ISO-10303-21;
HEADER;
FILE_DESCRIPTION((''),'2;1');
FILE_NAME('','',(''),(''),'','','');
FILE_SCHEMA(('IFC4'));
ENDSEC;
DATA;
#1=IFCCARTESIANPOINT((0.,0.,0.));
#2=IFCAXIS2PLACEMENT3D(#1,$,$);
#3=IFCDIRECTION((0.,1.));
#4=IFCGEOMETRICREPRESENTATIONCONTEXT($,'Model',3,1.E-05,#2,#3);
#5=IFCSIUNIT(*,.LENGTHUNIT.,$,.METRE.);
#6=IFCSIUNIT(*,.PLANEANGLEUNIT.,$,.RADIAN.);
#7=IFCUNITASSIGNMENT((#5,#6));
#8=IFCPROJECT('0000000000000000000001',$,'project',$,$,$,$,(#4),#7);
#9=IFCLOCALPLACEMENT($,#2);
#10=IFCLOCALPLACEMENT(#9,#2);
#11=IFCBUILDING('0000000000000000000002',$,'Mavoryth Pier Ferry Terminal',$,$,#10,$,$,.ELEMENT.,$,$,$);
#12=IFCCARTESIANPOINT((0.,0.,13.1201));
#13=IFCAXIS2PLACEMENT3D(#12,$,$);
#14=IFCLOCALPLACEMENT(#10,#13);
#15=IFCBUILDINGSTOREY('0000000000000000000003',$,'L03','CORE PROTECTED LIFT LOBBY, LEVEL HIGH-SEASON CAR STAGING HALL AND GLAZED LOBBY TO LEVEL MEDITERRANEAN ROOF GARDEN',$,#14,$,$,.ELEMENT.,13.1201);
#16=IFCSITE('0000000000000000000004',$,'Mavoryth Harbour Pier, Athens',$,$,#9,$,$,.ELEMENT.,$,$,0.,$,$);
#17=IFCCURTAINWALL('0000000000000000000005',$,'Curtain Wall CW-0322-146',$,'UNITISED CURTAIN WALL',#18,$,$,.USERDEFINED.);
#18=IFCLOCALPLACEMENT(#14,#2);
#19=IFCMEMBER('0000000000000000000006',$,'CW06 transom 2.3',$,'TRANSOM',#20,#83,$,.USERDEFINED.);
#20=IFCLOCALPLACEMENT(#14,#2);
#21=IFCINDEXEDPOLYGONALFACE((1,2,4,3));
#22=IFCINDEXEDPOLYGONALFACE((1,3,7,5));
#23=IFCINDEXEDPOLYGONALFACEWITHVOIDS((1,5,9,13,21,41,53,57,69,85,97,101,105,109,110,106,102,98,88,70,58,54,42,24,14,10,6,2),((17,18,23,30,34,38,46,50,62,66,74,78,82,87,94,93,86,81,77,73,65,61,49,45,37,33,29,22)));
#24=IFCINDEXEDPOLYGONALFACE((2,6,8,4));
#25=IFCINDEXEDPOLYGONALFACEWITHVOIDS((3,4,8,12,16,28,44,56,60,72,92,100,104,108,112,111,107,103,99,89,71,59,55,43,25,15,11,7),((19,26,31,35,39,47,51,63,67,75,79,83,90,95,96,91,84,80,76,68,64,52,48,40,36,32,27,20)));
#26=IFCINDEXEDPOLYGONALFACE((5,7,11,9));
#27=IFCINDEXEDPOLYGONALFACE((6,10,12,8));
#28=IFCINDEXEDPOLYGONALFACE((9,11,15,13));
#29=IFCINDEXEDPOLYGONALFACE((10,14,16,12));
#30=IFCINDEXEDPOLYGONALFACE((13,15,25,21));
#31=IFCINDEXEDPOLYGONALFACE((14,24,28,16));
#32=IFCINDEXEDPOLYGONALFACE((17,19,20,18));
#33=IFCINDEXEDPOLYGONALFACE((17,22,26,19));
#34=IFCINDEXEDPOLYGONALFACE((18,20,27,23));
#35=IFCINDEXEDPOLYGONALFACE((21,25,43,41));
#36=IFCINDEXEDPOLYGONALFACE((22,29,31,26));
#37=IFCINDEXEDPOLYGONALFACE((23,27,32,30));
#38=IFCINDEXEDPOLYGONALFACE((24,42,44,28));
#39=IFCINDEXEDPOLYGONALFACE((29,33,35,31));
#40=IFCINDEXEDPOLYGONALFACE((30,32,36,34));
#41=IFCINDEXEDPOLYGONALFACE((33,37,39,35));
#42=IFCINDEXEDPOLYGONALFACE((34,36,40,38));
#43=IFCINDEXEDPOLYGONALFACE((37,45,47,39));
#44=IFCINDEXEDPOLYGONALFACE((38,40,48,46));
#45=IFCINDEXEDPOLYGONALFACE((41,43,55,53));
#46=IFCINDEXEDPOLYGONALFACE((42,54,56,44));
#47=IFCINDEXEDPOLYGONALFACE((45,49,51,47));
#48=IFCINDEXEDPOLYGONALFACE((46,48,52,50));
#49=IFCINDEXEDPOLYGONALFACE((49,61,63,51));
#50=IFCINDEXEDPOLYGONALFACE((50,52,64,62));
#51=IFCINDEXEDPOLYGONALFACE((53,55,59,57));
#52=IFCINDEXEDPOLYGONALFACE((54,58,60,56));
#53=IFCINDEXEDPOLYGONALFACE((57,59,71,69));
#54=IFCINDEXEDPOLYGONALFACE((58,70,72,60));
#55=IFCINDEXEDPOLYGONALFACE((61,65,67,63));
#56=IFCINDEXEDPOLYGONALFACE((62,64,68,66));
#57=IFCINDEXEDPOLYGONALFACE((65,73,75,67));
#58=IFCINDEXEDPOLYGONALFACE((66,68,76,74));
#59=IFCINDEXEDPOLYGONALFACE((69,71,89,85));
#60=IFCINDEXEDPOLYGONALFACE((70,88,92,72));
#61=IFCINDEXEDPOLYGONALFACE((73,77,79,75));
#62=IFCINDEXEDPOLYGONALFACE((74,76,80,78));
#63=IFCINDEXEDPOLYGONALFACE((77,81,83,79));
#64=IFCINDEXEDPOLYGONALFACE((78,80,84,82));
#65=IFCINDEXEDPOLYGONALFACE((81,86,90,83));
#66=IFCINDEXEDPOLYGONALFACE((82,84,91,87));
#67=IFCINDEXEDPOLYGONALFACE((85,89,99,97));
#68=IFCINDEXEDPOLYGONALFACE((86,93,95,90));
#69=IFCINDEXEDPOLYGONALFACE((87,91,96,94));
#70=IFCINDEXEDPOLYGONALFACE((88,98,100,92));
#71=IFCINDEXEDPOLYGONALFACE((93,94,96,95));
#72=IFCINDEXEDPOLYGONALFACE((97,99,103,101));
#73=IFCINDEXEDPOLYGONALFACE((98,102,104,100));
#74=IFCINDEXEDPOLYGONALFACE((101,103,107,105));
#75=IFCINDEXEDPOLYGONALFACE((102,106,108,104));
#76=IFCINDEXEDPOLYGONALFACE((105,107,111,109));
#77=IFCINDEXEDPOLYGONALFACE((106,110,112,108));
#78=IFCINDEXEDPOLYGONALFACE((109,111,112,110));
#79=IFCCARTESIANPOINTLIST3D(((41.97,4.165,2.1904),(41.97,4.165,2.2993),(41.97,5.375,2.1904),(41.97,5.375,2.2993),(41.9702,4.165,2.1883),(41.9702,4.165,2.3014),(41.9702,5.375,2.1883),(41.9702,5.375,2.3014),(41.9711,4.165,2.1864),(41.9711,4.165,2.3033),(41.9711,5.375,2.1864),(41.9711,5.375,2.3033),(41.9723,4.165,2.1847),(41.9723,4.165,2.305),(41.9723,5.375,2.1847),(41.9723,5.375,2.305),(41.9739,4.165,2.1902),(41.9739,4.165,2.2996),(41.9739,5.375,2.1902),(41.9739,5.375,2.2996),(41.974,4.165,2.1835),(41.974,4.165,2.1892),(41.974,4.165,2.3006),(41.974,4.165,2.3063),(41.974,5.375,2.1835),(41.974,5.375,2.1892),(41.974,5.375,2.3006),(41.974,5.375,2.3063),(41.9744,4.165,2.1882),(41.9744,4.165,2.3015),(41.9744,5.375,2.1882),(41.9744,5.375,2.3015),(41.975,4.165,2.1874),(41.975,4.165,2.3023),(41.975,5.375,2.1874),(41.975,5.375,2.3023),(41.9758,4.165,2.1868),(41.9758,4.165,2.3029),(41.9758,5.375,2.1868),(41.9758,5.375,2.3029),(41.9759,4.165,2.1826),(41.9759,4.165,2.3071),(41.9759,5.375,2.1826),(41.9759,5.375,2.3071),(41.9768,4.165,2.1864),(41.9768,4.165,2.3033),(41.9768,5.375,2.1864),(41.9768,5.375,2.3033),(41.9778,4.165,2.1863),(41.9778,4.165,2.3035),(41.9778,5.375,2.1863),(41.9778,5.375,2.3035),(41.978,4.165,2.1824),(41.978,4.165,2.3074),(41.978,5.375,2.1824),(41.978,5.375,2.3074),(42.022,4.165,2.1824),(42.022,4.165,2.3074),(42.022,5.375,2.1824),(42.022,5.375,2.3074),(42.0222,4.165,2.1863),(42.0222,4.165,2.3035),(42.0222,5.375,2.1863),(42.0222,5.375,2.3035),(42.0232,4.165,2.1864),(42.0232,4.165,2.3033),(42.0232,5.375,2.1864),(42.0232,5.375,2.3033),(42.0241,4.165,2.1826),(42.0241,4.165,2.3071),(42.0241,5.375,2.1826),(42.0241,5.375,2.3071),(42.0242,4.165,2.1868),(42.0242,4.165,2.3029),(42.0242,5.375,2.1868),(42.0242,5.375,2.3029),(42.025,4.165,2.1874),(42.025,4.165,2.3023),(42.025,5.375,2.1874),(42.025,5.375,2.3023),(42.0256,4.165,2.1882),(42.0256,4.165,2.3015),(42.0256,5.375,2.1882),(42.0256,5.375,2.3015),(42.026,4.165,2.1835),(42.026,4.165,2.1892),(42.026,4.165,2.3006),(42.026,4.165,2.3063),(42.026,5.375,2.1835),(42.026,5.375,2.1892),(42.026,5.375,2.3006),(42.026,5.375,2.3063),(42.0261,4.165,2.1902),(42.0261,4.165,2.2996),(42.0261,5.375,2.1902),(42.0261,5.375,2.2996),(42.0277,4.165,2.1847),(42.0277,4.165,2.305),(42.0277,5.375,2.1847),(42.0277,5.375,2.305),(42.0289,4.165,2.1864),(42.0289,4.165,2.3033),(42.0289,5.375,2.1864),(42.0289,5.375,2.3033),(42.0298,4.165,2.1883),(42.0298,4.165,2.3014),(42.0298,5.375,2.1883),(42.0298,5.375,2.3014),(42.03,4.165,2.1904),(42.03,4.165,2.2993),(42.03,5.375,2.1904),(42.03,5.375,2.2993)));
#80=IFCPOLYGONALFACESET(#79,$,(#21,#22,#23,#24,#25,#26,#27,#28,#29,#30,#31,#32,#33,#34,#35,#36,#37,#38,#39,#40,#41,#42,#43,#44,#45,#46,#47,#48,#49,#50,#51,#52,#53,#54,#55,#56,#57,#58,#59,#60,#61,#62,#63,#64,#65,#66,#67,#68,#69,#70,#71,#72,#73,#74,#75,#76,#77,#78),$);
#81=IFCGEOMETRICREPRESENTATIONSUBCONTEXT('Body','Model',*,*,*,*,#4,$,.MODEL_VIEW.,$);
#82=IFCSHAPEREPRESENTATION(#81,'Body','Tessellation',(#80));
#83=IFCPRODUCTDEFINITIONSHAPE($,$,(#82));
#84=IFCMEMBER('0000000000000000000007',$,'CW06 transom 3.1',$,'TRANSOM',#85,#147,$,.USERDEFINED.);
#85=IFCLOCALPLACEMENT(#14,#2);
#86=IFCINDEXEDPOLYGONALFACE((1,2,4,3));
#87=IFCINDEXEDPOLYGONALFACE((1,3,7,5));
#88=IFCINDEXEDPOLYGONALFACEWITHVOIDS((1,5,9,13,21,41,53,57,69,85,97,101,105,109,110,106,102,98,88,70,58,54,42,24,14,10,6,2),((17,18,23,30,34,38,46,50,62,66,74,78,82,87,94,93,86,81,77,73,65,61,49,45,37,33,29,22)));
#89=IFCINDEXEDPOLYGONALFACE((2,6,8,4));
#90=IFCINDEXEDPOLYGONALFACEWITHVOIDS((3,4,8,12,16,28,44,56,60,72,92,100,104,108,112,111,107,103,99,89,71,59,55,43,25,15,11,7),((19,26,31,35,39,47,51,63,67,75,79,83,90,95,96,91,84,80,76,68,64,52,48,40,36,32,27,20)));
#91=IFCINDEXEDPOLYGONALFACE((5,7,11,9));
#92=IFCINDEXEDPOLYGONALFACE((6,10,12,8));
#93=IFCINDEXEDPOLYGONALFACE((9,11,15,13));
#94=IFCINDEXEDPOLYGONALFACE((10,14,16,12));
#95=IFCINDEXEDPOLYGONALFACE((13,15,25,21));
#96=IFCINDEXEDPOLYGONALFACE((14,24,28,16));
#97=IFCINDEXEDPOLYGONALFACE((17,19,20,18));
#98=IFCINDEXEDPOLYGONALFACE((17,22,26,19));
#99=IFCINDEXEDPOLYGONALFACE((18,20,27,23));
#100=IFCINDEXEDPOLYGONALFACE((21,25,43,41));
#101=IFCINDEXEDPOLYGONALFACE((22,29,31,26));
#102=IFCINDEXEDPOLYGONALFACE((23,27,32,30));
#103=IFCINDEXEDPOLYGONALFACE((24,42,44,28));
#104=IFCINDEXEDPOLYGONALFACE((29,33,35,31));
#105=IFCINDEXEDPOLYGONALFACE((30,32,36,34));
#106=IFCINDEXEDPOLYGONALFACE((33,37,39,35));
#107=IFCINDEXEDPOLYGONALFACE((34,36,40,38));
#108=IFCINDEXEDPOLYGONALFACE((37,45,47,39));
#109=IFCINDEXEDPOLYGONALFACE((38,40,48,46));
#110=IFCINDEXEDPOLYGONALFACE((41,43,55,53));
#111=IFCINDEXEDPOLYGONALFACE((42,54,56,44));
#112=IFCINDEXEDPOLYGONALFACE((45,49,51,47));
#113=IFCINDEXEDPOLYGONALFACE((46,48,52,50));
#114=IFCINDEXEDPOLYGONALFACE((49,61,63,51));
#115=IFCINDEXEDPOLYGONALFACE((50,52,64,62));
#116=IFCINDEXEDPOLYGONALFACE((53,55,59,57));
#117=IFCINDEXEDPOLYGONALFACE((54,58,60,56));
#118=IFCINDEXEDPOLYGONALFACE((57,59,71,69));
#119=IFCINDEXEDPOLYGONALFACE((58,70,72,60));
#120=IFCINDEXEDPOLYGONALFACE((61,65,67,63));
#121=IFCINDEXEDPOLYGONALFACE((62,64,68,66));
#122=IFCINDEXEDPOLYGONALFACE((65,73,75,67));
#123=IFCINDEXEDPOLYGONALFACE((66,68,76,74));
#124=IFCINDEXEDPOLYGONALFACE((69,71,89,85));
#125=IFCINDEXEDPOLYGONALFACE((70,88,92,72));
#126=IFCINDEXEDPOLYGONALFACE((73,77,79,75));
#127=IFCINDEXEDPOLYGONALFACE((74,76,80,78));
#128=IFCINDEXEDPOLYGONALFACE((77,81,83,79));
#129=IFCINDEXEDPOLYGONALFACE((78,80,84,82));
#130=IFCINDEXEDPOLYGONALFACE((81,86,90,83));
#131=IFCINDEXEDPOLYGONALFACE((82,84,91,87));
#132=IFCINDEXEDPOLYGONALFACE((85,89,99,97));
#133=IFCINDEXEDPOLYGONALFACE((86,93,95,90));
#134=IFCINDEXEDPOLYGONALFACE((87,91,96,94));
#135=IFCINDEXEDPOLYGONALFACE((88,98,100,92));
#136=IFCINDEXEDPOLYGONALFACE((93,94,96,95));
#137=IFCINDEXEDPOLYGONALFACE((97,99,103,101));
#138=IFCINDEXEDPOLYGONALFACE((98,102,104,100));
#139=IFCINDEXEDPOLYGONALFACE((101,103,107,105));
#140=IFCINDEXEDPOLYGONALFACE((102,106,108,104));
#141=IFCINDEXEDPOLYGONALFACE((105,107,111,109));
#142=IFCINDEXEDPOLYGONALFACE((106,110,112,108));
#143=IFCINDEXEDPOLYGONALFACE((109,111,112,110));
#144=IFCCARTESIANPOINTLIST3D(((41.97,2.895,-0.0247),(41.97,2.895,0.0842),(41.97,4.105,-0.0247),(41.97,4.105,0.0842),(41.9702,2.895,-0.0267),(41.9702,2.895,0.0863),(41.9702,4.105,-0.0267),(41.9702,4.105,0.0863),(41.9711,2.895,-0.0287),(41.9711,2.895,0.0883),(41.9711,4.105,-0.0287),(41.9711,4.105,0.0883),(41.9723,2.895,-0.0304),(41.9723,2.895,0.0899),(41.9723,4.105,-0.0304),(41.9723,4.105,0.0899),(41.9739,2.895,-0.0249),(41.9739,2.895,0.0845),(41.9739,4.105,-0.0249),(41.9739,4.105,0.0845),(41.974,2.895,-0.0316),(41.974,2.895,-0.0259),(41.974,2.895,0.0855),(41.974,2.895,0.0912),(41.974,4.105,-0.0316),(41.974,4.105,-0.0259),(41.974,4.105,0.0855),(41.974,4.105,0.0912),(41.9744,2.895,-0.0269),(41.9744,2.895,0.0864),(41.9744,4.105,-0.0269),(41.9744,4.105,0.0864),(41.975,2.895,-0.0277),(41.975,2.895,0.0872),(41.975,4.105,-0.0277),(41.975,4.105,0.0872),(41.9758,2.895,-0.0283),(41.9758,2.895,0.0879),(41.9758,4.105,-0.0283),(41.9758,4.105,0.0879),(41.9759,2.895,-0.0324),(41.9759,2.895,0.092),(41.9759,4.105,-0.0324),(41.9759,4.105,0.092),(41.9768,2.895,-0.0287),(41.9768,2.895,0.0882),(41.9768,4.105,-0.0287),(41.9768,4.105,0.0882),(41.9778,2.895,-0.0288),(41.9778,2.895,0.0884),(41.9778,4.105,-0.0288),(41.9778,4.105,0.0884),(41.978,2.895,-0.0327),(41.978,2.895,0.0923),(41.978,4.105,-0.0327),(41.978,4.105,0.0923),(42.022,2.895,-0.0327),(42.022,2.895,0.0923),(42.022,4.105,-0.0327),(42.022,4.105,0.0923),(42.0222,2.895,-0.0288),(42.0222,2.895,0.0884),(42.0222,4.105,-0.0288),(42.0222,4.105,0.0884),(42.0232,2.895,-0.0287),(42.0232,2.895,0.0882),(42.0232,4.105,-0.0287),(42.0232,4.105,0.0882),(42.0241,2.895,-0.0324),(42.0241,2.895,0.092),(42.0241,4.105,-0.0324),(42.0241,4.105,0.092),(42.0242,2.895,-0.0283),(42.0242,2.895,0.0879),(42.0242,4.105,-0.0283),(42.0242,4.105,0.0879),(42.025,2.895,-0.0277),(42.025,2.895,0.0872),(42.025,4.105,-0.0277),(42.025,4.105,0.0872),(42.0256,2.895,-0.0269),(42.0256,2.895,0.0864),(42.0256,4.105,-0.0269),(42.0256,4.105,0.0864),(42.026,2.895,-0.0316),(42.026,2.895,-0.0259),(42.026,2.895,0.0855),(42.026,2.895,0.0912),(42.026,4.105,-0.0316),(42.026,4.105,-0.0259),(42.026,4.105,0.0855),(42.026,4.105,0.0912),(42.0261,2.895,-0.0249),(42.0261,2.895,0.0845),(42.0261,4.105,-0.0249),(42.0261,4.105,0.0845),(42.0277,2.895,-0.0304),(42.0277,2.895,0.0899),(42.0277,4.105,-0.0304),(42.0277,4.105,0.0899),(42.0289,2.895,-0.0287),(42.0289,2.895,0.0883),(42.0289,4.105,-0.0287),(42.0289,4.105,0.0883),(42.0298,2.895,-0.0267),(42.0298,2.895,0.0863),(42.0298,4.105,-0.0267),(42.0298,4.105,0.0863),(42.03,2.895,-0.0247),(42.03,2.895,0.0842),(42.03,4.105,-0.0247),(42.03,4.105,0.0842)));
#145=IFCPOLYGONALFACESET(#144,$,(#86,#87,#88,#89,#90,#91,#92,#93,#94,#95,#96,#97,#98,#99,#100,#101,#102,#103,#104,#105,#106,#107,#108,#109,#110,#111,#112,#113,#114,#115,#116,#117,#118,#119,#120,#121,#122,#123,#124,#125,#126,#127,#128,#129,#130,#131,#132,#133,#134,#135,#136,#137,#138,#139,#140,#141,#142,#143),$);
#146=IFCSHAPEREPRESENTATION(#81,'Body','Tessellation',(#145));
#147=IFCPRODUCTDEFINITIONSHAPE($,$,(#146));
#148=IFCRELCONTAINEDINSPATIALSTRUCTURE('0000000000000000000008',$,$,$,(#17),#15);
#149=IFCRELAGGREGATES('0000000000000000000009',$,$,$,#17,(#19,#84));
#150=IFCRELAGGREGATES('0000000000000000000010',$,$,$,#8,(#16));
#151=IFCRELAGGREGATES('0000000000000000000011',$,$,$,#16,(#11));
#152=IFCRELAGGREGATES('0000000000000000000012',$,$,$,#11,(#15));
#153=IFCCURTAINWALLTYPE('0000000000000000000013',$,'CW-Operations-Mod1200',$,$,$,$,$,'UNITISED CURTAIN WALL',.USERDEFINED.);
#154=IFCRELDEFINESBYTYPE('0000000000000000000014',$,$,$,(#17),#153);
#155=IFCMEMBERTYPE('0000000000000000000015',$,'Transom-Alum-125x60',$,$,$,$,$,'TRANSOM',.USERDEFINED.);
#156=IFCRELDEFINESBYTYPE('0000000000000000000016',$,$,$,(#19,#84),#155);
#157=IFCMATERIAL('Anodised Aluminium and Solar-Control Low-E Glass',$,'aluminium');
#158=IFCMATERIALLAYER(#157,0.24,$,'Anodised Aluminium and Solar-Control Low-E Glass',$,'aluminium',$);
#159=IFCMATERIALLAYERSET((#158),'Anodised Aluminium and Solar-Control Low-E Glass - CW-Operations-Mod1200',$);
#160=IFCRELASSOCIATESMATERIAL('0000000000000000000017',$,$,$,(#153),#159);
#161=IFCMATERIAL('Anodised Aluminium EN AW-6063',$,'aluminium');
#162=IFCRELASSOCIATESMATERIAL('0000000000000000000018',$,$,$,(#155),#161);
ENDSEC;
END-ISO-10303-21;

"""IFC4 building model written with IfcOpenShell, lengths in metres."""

from ifc_helpers import new_model, si_unit, direction, frame, origin, origin_2d, place, context, subcontext, project, spatial, hollow_rectangle, extrude, material, layer, layer_set, material_profile, profile_set, type_object, element, aggregate, save


model = new_model("IFC4")

# Units and contexts
model_context = context("Model", 3, precision=1e-05, world=origin(), true_north=direction((0.0, 1.0)))
body_context = subcontext(model_context, "Body", "Model", "MODEL_VIEW")
ifc_project = project(units=[si_unit("LENGTHUNIT", "METRE"), si_unit("PLANEANGLEUNIT", "RADIAN")], contexts=[model_context])

# Site, building, storey
site_placement = place(None, origin())
site = spatial("IfcSite", under=ifc_project, at=site_placement, Name="Mavoryth Harbour Pier, Athens", CompositionType="ELEMENT", RefElevation=0.0)
building_placement = place(site_placement, origin())
building = spatial("IfcBuilding", under=site, at=building_placement, Name="Mavoryth Pier Ferry Terminal", CompositionType="ELEMENT")
storey_placement = place(building_placement, frame((0.0, 0.0, 13.1201)))
storey = spatial("IfcBuildingStorey", under=building, at=storey_placement, Name="L03", Description="CORE PROTECTED LIFT LOBBY, LEVEL HIGH-SEASON CAR STAGING HALL AND GLAZED LOBBY TO LEVEL MEDITERRANEAN ROOF GARDEN", CompositionType="ELEMENT", Elevation=13.1201)

# Shared definitions
ifc_material_1 = material(Name="Anodised Aluminium and Solar-Control Low-E Glass", Category="aluminium")
ifc_layer_1 = layer(ifc_material_1, 0.24, Name="Anodised Aluminium and Solar-Control Low-E Glass", Category="aluminium")
ifc_layer_set_1 = layer_set([ifc_layer_1], Name="Anodised Aluminium and Solar-Control Low-E Glass - CW-Operations-Mod1200")
curtain_wall_type = type_object("IfcCurtainWallType", Name="CW-Operations-Mod1200", ElementType="UNITISED CURTAIN WALL", PredefinedType="USERDEFINED", material=ifc_layer_set_1)
ifc_material_2 = material(Name="Anodised Aluminium EN AW-6063", Category="aluminium")

# Curtain wall, members
curtain_wall_1_placement = place(storey_placement, origin())
curtain_wall_1 = element("IfcCurtainWall", 1, at=curtain_wall_1_placement, inside=storey, type_object=curtain_wall_type, Name="Curtain Wall CW-0322-146", ObjectType="UNITISED CURTAIN WALL", PredefinedType="USERDEFINED")
ifc_material_profile_1 = material_profile(ifc_material_2, hollow_rectangle(XDim=0.0601, YDim=0.125, WallThickness=0.0039, InnerFilletRadius=0.0039, OuterFilletRadius=0.0081, at=origin_2d()), Name="AL-TRAN 125x60x4", Category="aluminium")
ifc_profile_set_1 = profile_set([ifc_material_profile_1], Name="Anodised Aluminium EN AW-6063 - AL-TRAN 125x60x4")
member_type_1 = type_object("IfcMemberType", Name="Transom-Alum-125x60", ElementType="TRANSOM", PredefinedType="USERDEFINED", material=ifc_profile_set_1)
member_1_placement = place(storey_placement, frame((42.0, 5.375, 2.2449), z_axis=(0.0, -1.0, 0.0), x_axis=(1.0, 0.0, 0.0)))
member_1 = element("IfcMember", 2, at=member_1_placement, type_object=member_type_1, Name="CW06 transom 2.3", ObjectType="TRANSOM", PredefinedType="USERDEFINED", context=body_context, shape_type="SweptSolid", body=[
    extrude(hollow_rectangle(XDim=0.0601, YDim=0.125, WallThickness=0.0039, InnerFilletRadius=0.0039, OuterFilletRadius=0.0081, at=origin_2d()), origin(), (0.0, 0.0, 1.0), 1.21),
])
member_2_placement = place(storey_placement, frame((42.0, 4.105, 0.0298), z_axis=(0.0, -1.0, 0.0), x_axis=(1.0, 0.0, 0.0)))
member_2 = element("IfcMember", 3, at=member_2_placement, type_object=member_type_1, Name="CW06 transom 3.1", ObjectType="TRANSOM", PredefinedType="USERDEFINED", context=body_context, shape_type="SweptSolid", body=[
    extrude(hollow_rectangle(XDim=0.0601, YDim=0.125, WallThickness=0.0039, InnerFilletRadius=0.0039, OuterFilletRadius=0.0081, at=origin_2d()), origin(), (0.0, 0.0, 1.0), 1.21),
])
aggregate(curtain_wall_1, [member_1, member_2])

save(model, "model.ifc")
